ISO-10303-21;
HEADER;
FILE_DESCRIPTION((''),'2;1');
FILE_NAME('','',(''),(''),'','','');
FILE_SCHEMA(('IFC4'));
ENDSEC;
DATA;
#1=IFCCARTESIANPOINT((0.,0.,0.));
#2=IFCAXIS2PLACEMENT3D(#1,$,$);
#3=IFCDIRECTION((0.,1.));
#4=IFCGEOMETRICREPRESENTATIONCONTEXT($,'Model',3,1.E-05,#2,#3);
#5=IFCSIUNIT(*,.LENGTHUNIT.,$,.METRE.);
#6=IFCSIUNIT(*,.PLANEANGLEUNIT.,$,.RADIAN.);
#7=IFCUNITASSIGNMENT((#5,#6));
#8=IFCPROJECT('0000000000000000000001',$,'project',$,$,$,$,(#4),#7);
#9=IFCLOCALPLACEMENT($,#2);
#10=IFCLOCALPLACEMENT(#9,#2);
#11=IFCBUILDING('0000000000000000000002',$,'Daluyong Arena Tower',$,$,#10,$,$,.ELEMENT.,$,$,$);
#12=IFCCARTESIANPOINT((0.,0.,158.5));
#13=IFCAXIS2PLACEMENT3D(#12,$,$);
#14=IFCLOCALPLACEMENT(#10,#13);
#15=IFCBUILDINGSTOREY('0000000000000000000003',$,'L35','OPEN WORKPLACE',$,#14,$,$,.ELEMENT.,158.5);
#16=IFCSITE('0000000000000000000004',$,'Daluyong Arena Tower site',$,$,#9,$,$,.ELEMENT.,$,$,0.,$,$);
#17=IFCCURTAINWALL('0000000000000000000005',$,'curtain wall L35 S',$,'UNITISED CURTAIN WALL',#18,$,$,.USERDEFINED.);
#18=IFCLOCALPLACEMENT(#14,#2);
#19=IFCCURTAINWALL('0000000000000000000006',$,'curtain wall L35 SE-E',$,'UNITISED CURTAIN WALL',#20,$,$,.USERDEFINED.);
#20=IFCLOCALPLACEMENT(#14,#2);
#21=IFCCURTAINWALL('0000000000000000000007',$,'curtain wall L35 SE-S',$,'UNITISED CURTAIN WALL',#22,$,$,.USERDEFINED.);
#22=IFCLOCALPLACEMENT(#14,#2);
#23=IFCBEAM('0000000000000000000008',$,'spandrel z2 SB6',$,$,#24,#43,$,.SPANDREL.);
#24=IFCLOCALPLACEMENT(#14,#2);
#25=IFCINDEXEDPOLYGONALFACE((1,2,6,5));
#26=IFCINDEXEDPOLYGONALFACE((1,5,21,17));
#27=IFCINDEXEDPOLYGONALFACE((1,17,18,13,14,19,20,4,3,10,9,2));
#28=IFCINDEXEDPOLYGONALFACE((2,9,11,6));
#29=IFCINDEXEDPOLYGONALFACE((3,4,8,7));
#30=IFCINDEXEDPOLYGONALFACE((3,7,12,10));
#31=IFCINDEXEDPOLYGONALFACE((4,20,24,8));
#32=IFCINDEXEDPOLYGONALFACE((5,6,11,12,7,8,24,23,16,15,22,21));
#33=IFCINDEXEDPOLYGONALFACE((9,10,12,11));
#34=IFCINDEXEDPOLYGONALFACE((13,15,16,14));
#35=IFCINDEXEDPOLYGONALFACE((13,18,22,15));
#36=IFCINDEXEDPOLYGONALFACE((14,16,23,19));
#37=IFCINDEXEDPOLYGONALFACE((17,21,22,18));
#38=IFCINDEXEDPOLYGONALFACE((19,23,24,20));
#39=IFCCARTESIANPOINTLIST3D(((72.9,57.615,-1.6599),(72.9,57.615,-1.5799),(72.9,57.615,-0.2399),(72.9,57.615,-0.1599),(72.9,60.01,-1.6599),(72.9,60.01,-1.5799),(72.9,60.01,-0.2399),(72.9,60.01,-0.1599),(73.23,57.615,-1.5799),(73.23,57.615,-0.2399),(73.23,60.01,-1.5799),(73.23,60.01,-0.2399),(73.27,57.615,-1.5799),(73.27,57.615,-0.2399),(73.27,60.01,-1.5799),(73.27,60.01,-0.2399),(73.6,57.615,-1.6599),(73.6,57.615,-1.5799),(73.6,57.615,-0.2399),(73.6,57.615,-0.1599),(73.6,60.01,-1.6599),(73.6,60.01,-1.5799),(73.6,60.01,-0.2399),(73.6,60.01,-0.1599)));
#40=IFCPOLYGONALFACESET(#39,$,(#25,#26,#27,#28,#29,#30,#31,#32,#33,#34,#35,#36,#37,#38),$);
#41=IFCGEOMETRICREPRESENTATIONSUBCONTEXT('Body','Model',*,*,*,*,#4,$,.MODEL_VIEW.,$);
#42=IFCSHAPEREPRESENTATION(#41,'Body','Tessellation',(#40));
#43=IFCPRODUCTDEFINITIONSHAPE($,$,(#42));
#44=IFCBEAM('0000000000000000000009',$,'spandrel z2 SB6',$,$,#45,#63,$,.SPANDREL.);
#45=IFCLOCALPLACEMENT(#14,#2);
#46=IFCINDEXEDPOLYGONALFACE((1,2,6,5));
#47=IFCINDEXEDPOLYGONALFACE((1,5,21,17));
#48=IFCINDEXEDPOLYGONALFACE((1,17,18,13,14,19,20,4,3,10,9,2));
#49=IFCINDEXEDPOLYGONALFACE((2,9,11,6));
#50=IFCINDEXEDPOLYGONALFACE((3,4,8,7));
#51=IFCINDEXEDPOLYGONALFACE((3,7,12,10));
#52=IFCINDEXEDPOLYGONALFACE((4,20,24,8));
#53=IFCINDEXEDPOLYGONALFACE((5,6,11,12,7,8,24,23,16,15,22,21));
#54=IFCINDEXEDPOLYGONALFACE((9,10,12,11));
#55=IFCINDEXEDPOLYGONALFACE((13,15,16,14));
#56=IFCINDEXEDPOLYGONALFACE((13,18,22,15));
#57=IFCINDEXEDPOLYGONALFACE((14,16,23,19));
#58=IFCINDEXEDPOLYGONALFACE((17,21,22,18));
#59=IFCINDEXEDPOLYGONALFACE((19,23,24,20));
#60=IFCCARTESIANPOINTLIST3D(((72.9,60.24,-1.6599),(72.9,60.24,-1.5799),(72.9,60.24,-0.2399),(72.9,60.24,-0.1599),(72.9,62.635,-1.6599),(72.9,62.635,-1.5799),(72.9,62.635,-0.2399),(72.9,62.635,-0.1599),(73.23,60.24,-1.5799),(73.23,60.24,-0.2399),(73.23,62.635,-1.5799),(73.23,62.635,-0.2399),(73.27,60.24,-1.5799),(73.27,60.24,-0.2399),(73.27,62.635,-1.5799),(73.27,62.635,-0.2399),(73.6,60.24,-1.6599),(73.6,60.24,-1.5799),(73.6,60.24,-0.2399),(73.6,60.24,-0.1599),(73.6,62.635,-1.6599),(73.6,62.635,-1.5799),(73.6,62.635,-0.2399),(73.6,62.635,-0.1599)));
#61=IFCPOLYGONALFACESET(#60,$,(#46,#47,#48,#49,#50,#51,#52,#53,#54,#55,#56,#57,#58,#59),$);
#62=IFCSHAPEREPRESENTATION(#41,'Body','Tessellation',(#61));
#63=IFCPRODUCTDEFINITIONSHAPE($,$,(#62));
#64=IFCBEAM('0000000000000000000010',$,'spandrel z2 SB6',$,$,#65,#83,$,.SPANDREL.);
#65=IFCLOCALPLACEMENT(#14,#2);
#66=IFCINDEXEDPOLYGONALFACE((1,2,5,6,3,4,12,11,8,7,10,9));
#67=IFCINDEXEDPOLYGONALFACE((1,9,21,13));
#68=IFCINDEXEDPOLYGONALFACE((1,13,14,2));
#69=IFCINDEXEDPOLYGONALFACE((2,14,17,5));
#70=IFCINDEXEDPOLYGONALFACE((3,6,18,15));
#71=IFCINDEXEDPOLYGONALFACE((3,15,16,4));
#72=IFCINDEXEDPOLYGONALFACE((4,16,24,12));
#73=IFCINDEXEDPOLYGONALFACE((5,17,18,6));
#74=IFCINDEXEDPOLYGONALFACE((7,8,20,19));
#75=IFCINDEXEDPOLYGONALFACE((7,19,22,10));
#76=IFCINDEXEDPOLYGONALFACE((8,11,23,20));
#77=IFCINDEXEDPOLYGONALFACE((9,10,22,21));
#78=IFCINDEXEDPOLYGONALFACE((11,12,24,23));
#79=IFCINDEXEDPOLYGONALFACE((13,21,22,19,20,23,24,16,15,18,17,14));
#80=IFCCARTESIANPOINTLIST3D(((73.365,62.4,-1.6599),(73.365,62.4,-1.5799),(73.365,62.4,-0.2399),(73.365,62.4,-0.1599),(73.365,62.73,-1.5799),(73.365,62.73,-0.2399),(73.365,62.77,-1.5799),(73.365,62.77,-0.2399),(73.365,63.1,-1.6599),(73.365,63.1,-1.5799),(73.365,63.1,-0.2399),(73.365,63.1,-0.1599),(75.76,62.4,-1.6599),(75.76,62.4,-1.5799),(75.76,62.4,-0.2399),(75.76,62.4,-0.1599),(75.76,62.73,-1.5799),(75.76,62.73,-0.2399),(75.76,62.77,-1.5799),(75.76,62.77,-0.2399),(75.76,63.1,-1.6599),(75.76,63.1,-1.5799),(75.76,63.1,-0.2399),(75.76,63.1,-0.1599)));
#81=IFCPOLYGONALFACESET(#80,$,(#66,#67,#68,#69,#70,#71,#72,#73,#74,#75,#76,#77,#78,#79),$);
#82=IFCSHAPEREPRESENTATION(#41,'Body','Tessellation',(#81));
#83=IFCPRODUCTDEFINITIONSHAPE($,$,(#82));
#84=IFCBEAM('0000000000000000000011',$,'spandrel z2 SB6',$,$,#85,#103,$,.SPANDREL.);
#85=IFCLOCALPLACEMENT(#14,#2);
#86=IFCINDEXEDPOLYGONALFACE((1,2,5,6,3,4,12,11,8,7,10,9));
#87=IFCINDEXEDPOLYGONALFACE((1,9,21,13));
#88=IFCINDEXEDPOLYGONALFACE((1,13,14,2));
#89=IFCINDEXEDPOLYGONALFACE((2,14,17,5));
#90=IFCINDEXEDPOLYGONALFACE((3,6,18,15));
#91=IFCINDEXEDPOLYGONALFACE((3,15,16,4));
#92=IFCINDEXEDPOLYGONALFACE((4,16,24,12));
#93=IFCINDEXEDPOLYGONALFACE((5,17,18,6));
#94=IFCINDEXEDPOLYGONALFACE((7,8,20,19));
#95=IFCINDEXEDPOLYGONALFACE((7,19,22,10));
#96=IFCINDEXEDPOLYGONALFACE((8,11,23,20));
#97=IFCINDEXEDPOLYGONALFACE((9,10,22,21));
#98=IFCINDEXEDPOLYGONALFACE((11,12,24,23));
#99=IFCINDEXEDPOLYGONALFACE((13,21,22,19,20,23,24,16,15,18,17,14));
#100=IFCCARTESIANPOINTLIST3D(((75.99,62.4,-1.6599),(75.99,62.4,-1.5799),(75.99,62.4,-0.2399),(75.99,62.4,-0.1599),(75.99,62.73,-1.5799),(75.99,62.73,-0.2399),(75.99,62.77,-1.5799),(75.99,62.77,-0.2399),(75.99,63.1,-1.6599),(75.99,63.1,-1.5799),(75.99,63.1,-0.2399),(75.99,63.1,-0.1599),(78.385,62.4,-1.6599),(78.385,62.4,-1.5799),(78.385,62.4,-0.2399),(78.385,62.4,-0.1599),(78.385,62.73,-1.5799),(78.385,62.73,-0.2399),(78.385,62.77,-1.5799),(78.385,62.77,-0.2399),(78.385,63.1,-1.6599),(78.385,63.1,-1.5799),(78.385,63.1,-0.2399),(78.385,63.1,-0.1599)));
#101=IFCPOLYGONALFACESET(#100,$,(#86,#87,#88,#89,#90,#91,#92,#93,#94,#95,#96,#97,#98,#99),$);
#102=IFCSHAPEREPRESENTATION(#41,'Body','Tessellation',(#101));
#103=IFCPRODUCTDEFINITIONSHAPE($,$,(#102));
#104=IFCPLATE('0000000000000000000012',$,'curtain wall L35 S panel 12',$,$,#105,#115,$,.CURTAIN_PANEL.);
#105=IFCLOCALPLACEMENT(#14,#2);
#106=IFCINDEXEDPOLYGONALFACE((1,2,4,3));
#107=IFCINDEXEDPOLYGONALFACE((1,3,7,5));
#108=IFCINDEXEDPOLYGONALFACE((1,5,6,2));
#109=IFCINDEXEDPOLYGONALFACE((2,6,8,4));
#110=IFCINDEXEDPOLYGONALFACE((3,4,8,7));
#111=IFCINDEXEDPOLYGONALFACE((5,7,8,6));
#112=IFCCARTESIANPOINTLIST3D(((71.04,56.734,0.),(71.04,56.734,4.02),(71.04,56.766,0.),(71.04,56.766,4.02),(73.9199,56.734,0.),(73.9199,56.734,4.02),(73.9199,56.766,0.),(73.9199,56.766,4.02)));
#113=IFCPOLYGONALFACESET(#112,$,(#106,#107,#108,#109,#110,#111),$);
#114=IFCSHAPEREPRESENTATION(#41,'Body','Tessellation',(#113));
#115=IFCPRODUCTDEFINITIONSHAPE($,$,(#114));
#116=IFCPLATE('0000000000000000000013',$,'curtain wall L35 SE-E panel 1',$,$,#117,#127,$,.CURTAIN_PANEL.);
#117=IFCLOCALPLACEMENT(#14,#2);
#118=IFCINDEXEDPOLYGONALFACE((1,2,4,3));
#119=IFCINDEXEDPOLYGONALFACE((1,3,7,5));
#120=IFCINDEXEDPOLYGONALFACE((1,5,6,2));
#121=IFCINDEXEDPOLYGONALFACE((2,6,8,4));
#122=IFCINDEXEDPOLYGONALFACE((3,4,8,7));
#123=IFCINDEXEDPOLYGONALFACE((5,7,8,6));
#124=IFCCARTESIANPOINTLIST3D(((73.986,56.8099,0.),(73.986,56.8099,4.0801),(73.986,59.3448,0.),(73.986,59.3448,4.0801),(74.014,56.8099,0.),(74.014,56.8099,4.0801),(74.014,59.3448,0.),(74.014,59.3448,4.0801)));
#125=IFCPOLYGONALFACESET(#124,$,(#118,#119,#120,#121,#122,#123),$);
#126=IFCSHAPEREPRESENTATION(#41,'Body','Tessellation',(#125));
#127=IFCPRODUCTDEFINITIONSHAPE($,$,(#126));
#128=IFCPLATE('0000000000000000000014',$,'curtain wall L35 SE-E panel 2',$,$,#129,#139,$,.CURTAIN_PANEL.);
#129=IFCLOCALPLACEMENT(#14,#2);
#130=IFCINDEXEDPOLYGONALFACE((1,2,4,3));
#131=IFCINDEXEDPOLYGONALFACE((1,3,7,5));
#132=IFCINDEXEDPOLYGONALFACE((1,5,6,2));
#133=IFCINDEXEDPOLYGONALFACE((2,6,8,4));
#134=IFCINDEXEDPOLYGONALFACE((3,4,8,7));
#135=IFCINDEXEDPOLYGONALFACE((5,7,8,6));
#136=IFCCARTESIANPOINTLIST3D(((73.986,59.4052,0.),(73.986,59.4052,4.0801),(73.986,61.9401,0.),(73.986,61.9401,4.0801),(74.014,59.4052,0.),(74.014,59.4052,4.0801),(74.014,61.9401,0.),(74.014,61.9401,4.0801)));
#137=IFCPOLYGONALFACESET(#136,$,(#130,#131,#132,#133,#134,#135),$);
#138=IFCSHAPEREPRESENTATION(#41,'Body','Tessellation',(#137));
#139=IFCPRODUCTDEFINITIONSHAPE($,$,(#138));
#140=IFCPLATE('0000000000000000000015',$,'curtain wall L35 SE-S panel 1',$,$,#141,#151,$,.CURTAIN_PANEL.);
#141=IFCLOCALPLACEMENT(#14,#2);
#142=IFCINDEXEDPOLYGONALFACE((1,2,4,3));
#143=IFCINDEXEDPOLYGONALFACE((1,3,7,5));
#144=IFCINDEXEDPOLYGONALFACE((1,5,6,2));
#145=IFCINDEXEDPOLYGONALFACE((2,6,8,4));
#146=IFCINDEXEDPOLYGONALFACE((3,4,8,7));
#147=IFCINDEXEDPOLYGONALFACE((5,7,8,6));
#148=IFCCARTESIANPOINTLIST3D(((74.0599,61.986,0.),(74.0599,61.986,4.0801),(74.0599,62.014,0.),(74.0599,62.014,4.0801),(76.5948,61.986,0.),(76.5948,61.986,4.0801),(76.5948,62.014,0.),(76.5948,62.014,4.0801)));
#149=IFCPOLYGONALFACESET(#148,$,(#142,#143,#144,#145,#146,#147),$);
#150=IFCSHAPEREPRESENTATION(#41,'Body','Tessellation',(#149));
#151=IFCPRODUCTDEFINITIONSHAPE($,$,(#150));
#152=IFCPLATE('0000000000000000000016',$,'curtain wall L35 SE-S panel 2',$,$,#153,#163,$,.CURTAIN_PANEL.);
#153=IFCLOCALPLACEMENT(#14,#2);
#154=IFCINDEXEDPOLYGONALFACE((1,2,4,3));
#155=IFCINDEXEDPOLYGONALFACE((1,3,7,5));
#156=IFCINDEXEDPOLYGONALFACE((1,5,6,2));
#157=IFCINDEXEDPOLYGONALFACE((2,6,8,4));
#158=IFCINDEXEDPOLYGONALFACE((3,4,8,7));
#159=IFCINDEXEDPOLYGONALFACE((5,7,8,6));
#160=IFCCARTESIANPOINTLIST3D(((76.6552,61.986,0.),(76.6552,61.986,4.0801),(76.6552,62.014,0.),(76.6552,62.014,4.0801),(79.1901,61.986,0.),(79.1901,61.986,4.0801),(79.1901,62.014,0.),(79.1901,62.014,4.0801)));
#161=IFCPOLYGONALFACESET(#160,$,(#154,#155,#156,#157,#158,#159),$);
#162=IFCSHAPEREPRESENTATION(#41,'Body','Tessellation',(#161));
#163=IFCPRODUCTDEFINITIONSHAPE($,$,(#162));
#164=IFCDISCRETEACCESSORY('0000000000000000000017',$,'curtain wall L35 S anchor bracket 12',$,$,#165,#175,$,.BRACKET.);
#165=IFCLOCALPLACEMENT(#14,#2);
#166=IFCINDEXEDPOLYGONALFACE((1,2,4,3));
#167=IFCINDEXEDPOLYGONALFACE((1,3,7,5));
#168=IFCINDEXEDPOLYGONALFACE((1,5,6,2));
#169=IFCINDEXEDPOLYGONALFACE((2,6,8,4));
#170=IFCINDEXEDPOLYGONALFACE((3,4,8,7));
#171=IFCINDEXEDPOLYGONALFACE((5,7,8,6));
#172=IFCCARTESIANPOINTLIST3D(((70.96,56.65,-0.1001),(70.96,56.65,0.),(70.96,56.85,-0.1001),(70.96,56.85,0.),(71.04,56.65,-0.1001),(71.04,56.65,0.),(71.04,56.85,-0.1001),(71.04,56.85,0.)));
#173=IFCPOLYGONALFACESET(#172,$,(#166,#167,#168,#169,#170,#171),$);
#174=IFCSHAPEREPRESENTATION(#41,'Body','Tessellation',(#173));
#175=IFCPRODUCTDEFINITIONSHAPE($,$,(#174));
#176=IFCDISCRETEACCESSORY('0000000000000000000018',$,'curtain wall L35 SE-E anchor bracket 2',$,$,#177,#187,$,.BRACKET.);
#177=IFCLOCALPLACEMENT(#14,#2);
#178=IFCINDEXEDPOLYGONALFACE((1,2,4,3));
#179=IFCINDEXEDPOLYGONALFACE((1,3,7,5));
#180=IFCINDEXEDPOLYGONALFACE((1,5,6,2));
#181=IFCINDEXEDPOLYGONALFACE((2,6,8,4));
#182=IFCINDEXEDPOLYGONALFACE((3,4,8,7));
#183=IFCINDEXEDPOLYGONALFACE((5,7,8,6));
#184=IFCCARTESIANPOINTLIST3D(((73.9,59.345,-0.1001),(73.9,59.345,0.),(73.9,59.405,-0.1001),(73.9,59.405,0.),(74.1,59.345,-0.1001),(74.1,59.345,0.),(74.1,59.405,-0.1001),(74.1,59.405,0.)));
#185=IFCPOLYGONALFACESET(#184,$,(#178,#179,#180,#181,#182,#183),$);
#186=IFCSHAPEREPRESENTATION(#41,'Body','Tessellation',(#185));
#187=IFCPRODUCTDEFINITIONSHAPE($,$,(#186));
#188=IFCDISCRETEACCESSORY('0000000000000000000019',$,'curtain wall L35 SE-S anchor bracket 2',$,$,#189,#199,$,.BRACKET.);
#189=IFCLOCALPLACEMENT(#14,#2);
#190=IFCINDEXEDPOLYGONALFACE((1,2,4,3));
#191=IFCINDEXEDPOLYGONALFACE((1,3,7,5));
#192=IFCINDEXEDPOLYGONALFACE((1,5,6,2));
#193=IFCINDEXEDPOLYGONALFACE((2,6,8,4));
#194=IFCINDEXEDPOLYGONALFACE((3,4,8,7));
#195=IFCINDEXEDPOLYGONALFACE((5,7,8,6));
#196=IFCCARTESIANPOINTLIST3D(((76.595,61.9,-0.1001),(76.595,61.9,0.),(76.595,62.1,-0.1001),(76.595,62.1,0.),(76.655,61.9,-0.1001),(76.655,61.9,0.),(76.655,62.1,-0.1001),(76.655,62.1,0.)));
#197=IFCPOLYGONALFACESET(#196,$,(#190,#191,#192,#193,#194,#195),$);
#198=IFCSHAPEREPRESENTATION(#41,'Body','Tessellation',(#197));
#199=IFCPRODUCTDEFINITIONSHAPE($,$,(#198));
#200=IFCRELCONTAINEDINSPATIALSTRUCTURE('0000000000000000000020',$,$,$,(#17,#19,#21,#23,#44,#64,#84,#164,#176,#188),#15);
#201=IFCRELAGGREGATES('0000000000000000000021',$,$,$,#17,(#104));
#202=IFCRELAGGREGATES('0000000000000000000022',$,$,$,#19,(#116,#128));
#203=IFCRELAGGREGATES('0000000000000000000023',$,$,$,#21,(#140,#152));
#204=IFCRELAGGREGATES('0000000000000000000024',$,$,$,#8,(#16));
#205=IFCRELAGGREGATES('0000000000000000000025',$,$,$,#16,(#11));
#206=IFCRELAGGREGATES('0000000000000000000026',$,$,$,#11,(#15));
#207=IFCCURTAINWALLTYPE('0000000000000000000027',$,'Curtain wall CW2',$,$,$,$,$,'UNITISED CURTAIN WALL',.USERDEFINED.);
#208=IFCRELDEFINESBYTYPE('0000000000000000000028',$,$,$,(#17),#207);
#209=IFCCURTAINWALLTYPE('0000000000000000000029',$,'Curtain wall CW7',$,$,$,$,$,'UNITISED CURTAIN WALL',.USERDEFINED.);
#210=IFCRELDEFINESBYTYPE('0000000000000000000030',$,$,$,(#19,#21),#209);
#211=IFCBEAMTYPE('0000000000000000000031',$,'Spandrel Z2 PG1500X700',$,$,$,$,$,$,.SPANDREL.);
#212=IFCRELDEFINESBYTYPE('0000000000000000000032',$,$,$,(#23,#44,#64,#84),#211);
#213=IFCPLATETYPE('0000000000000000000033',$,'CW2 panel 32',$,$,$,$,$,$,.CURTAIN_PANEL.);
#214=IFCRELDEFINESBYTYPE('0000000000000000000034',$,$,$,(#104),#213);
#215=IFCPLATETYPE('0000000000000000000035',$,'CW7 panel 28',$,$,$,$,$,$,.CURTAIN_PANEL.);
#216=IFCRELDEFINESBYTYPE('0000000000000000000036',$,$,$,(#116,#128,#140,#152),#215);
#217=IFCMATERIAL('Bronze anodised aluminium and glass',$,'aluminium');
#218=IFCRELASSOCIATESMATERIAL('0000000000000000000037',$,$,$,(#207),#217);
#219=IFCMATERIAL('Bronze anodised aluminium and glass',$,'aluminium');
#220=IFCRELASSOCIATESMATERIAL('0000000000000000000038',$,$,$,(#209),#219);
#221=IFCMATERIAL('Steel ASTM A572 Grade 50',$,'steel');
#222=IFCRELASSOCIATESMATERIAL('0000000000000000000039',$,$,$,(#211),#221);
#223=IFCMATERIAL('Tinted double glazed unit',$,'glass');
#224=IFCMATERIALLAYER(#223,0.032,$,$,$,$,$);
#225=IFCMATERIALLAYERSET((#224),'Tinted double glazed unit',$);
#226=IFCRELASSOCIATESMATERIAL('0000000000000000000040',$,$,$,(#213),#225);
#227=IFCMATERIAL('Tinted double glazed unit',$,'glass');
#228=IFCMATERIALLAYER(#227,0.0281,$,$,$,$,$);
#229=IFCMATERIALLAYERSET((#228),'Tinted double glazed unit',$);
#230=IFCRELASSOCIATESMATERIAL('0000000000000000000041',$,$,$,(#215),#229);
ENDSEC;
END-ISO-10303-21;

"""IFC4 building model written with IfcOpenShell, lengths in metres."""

from ifc_helpers import new_model, si_unit, direction, frame, origin, origin_2d, place, context, subcontext, project, spatial, rectangle, i_section, extrude, material, layer, layer_set, material_profile, profile_set, type_object, element, aggregate, save


model = new_model("IFC4")

# Units and contexts
model_context = context("Model", 3, precision=1e-05, world=origin(), true_north=direction((0.0, 1.0)))
body_context = subcontext(model_context, "Body", "Model", "MODEL_VIEW")
ifc_project = project(units=[si_unit("LENGTHUNIT", "METRE"), si_unit("PLANEANGLEUNIT", "RADIAN")], contexts=[model_context])

# Site, building, storey
site_placement = place(None, origin())
site = spatial("IfcSite", under=ifc_project, at=site_placement, Name="Daluyong Arena Tower site", CompositionType="ELEMENT", RefElevation=0.0)
building_placement = place(site_placement, origin())
building = spatial("IfcBuilding", under=site, at=building_placement, Name="Daluyong Arena Tower", CompositionType="ELEMENT")
storey_placement = place(building_placement, frame((0.0, 0.0, 158.5)))
storey = spatial("IfcBuildingStorey", under=building, at=storey_placement, Name="L35", Description="OPEN WORKPLACE", CompositionType="ELEMENT", Elevation=158.5)

# Curtain wall
ifc_material_1 = material(Name="Bronze anodised aluminium and glass", Category="aluminium")
curtain_wall_type_1 = type_object("IfcCurtainWallType", Name="Curtain wall CW2", ElementType="UNITISED CURTAIN WALL", PredefinedType="USERDEFINED", material=ifc_material_1)
curtain_wall_1_placement = place(storey_placement, origin())
curtain_wall_1 = element("IfcCurtainWall", 1, at=curtain_wall_1_placement, inside=storey, type_object=curtain_wall_type_1, Name="curtain wall L35 S", ObjectType="UNITISED CURTAIN WALL", PredefinedType="USERDEFINED")

# Curtain walls
ifc_material_2 = material(Name="Bronze anodised aluminium and glass", Category="aluminium")
curtain_wall_type_2 = type_object("IfcCurtainWallType", Name="Curtain wall CW7", ElementType="UNITISED CURTAIN WALL", PredefinedType="USERDEFINED", material=ifc_material_2)
curtain_wall_2_placement = place(storey_placement, origin())
curtain_wall_2 = element("IfcCurtainWall", 2, at=curtain_wall_2_placement, inside=storey, type_object=curtain_wall_type_2, Name="curtain wall L35 SE-E", ObjectType="UNITISED CURTAIN WALL", PredefinedType="USERDEFINED")
curtain_wall_3_placement = place(storey_placement, origin())
curtain_wall_3 = element("IfcCurtainWall", 3, at=curtain_wall_3_placement, inside=storey, type_object=curtain_wall_type_2, Name="curtain wall L35 SE-S", ObjectType="UNITISED CURTAIN WALL", PredefinedType="USERDEFINED")

# Beams
ifc_material_3 = material(Name="Steel ASTM A572 Grade 50", Category="steel")
ifc_material_profile_1 = material_profile(ifc_material_3, i_section(OverallWidth=0.7, OverallDepth=1.5, WebThickness=0.04, FlangeThickness=0.08, at=origin_2d()))
ifc_profile_set_1 = profile_set([ifc_material_profile_1], Name="Steel ASTM A572 Grade 50")
beam_type_1 = type_object("IfcBeamType", Name="Spandrel Z2 PG1500X700", PredefinedType="SPANDREL", material=ifc_profile_set_1)
for number, where, z_axis, x_axis, name in (
    (4, (73.25, 57.615, -0.9099), (0.0, 1.0, 0.0), (-1.0, 0.0, 0.0), "spandrel z2 SB6"),
    (5, (73.25, 60.24, -0.9099), (0.0, 1.0, 0.0), (-1.0, 0.0, 0.0), "spandrel z2 SB6"),
    (6, (73.365, 62.75, -0.9099), (1.0, 0.0, 0.0), (0.0, 1.0, 0.0), "spandrel z2 SB6"),
    (7, (75.99, 62.75, -0.9099), (1.0, 0.0, 0.0), (0.0, 1.0, 0.0), "spandrel z2 SB6"),
):
    element("IfcBeam", number, at=place(storey_placement, frame(where, z_axis=z_axis, x_axis=x_axis)), inside=storey, type_object=beam_type_1, Name=name, PredefinedType="SPANDREL", context=body_context, shape_type="SweptSolid", body=[
        extrude(i_section(OverallWidth=0.7, OverallDepth=1.5, WebThickness=0.04, FlangeThickness=0.08, at=origin_2d()), origin(), (0.0, 0.0, 1.0), 2.395),
    ])

# Plates
ifc_material_4 = material(Name="Tinted double glazed unit", Category="glass")
ifc_layer_1 = layer(ifc_material_4, 0.032)
ifc_layer_set_1 = layer_set([ifc_layer_1], Name="Tinted double glazed unit")
plate_type_1 = type_object("IfcPlateType", Name="CW2 panel 32", PredefinedType="CURTAIN_PANEL", material=ifc_layer_set_1)
plate_1_placement = place(storey_placement, frame((72.48, 56.75, 0.0), z_axis=(0.0, 0.0, 1.0), x_axis=(1.0, 0.0, 0.0)))
plate_1 = element("IfcPlate", 8, at=plate_1_placement, type_object=plate_type_1, Name="curtain wall L35 S panel 12", PredefinedType="CURTAIN_PANEL", context=body_context, shape_type="SweptSolid", body=[
    extrude(rectangle(XDim=2.8799, YDim=0.032, at=origin_2d()), origin(), (0.0, 0.0, 1.0), 4.02),
])
aggregate(curtain_wall_1, [plate_1])
ifc_material_5 = material(Name="Tinted double glazed unit", Category="glass")
ifc_layer_2 = layer(ifc_material_5, 0.0281)
ifc_layer_set_2 = layer_set([ifc_layer_2], Name="Tinted double glazed unit")
plate_type_2 = type_object("IfcPlateType", Name="CW7 panel 28", PredefinedType="CURTAIN_PANEL", material=ifc_layer_set_2)
plate_2_placement = place(storey_placement, frame((74.0, 58.0774, 0.0), z_axis=(0.0, 0.0, 1.0), x_axis=(0.0, 1.0, 0.0)))
plate_2 = element("IfcPlate", 9, at=plate_2_placement, type_object=plate_type_2, Name="curtain wall L35 SE-E panel 1", PredefinedType="CURTAIN_PANEL", context=body_context, shape_type="SweptSolid", body=[
    extrude(rectangle(XDim=2.5349, YDim=0.0281, at=origin_2d()), origin(), (0.0, 0.0, 1.0), 4.0801),
])
plate_3_placement = place(storey_placement, frame((74.0, 60.6726, 0.0), z_axis=(0.0, 0.0, 1.0), x_axis=(0.0, 1.0, 0.0)))
plate_3 = element("IfcPlate", 10, at=plate_3_placement, type_object=plate_type_2, Name="curtain wall L35 SE-E panel 2", PredefinedType="CURTAIN_PANEL", context=body_context, shape_type="SweptSolid", body=[
    extrude(rectangle(XDim=2.5349, YDim=0.0281, at=origin_2d()), origin(), (0.0, 0.0, 1.0), 4.0801),
])
aggregate(curtain_wall_2, [plate_2, plate_3])
plate_4_placement = place(storey_placement, frame((75.3274, 62.0, 0.0), z_axis=(0.0, 0.0, 1.0), x_axis=(1.0, 0.0, 0.0)))
plate_4 = element("IfcPlate", 11, at=plate_4_placement, type_object=plate_type_2, Name="curtain wall L35 SE-S panel 1", PredefinedType="CURTAIN_PANEL", context=body_context, shape_type="SweptSolid", body=[
    extrude(rectangle(XDim=2.5349, YDim=0.0281, at=origin_2d()), origin(), (0.0, 0.0, 1.0), 4.0801),
])
plate_5_placement = place(storey_placement, frame((77.9226, 62.0, 0.0), z_axis=(0.0, 0.0, 1.0), x_axis=(1.0, 0.0, 0.0)))
plate_5 = element("IfcPlate", 12, at=plate_5_placement, type_object=plate_type_2, Name="curtain wall L35 SE-S panel 2", PredefinedType="CURTAIN_PANEL", context=body_context, shape_type="SweptSolid", body=[
    extrude(rectangle(XDim=2.5349, YDim=0.0281, at=origin_2d()), origin(), (0.0, 0.0, 1.0), 4.0801),
])
aggregate(curtain_wall_3, [plate_4, plate_5])

# Discrete accessories
discrete_accessory_placement = place(storey_placement, frame((71.0, 56.75, -0.1001), z_axis=(0.0, 0.0, 1.0), x_axis=(1.0, 0.0, 0.0)))
element("IfcDiscreteAccessory", 13, at=discrete_accessory_placement, inside=storey, Name="curtain wall L35 S anchor bracket 12", PredefinedType="BRACKET", context=body_context, shape_type="SweptSolid", body=[
    extrude(rectangle(XDim=0.0801, YDim=0.2, at=origin_2d()), origin(), (0.0, 0.0, 1.0), 0.1001),
])
for number, where, z_axis, x_axis, name in (
    (14, (74.0, 59.375, -0.1001), (0.0, 0.0, 1.0), (0.0, 1.0, 0.0), "curtain wall L35 SE-E anchor bracket 2"),
    (15, (76.625, 62.0, -0.1001), (0.0, 0.0, 1.0), (1.0, 0.0, 0.0), "curtain wall L35 SE-S anchor bracket 2"),
):
    element("IfcDiscreteAccessory", number, at=place(storey_placement, frame(where, z_axis=z_axis, x_axis=x_axis)), inside=storey, Name=name, PredefinedType="BRACKET", context=body_context, shape_type="SweptSolid", body=[
        extrude(rectangle(XDim=0.0601, YDim=0.2, at=origin_2d()), origin(), (0.0, 0.0, 1.0), 0.1001),
    ])

save(model, "model.ifc")
